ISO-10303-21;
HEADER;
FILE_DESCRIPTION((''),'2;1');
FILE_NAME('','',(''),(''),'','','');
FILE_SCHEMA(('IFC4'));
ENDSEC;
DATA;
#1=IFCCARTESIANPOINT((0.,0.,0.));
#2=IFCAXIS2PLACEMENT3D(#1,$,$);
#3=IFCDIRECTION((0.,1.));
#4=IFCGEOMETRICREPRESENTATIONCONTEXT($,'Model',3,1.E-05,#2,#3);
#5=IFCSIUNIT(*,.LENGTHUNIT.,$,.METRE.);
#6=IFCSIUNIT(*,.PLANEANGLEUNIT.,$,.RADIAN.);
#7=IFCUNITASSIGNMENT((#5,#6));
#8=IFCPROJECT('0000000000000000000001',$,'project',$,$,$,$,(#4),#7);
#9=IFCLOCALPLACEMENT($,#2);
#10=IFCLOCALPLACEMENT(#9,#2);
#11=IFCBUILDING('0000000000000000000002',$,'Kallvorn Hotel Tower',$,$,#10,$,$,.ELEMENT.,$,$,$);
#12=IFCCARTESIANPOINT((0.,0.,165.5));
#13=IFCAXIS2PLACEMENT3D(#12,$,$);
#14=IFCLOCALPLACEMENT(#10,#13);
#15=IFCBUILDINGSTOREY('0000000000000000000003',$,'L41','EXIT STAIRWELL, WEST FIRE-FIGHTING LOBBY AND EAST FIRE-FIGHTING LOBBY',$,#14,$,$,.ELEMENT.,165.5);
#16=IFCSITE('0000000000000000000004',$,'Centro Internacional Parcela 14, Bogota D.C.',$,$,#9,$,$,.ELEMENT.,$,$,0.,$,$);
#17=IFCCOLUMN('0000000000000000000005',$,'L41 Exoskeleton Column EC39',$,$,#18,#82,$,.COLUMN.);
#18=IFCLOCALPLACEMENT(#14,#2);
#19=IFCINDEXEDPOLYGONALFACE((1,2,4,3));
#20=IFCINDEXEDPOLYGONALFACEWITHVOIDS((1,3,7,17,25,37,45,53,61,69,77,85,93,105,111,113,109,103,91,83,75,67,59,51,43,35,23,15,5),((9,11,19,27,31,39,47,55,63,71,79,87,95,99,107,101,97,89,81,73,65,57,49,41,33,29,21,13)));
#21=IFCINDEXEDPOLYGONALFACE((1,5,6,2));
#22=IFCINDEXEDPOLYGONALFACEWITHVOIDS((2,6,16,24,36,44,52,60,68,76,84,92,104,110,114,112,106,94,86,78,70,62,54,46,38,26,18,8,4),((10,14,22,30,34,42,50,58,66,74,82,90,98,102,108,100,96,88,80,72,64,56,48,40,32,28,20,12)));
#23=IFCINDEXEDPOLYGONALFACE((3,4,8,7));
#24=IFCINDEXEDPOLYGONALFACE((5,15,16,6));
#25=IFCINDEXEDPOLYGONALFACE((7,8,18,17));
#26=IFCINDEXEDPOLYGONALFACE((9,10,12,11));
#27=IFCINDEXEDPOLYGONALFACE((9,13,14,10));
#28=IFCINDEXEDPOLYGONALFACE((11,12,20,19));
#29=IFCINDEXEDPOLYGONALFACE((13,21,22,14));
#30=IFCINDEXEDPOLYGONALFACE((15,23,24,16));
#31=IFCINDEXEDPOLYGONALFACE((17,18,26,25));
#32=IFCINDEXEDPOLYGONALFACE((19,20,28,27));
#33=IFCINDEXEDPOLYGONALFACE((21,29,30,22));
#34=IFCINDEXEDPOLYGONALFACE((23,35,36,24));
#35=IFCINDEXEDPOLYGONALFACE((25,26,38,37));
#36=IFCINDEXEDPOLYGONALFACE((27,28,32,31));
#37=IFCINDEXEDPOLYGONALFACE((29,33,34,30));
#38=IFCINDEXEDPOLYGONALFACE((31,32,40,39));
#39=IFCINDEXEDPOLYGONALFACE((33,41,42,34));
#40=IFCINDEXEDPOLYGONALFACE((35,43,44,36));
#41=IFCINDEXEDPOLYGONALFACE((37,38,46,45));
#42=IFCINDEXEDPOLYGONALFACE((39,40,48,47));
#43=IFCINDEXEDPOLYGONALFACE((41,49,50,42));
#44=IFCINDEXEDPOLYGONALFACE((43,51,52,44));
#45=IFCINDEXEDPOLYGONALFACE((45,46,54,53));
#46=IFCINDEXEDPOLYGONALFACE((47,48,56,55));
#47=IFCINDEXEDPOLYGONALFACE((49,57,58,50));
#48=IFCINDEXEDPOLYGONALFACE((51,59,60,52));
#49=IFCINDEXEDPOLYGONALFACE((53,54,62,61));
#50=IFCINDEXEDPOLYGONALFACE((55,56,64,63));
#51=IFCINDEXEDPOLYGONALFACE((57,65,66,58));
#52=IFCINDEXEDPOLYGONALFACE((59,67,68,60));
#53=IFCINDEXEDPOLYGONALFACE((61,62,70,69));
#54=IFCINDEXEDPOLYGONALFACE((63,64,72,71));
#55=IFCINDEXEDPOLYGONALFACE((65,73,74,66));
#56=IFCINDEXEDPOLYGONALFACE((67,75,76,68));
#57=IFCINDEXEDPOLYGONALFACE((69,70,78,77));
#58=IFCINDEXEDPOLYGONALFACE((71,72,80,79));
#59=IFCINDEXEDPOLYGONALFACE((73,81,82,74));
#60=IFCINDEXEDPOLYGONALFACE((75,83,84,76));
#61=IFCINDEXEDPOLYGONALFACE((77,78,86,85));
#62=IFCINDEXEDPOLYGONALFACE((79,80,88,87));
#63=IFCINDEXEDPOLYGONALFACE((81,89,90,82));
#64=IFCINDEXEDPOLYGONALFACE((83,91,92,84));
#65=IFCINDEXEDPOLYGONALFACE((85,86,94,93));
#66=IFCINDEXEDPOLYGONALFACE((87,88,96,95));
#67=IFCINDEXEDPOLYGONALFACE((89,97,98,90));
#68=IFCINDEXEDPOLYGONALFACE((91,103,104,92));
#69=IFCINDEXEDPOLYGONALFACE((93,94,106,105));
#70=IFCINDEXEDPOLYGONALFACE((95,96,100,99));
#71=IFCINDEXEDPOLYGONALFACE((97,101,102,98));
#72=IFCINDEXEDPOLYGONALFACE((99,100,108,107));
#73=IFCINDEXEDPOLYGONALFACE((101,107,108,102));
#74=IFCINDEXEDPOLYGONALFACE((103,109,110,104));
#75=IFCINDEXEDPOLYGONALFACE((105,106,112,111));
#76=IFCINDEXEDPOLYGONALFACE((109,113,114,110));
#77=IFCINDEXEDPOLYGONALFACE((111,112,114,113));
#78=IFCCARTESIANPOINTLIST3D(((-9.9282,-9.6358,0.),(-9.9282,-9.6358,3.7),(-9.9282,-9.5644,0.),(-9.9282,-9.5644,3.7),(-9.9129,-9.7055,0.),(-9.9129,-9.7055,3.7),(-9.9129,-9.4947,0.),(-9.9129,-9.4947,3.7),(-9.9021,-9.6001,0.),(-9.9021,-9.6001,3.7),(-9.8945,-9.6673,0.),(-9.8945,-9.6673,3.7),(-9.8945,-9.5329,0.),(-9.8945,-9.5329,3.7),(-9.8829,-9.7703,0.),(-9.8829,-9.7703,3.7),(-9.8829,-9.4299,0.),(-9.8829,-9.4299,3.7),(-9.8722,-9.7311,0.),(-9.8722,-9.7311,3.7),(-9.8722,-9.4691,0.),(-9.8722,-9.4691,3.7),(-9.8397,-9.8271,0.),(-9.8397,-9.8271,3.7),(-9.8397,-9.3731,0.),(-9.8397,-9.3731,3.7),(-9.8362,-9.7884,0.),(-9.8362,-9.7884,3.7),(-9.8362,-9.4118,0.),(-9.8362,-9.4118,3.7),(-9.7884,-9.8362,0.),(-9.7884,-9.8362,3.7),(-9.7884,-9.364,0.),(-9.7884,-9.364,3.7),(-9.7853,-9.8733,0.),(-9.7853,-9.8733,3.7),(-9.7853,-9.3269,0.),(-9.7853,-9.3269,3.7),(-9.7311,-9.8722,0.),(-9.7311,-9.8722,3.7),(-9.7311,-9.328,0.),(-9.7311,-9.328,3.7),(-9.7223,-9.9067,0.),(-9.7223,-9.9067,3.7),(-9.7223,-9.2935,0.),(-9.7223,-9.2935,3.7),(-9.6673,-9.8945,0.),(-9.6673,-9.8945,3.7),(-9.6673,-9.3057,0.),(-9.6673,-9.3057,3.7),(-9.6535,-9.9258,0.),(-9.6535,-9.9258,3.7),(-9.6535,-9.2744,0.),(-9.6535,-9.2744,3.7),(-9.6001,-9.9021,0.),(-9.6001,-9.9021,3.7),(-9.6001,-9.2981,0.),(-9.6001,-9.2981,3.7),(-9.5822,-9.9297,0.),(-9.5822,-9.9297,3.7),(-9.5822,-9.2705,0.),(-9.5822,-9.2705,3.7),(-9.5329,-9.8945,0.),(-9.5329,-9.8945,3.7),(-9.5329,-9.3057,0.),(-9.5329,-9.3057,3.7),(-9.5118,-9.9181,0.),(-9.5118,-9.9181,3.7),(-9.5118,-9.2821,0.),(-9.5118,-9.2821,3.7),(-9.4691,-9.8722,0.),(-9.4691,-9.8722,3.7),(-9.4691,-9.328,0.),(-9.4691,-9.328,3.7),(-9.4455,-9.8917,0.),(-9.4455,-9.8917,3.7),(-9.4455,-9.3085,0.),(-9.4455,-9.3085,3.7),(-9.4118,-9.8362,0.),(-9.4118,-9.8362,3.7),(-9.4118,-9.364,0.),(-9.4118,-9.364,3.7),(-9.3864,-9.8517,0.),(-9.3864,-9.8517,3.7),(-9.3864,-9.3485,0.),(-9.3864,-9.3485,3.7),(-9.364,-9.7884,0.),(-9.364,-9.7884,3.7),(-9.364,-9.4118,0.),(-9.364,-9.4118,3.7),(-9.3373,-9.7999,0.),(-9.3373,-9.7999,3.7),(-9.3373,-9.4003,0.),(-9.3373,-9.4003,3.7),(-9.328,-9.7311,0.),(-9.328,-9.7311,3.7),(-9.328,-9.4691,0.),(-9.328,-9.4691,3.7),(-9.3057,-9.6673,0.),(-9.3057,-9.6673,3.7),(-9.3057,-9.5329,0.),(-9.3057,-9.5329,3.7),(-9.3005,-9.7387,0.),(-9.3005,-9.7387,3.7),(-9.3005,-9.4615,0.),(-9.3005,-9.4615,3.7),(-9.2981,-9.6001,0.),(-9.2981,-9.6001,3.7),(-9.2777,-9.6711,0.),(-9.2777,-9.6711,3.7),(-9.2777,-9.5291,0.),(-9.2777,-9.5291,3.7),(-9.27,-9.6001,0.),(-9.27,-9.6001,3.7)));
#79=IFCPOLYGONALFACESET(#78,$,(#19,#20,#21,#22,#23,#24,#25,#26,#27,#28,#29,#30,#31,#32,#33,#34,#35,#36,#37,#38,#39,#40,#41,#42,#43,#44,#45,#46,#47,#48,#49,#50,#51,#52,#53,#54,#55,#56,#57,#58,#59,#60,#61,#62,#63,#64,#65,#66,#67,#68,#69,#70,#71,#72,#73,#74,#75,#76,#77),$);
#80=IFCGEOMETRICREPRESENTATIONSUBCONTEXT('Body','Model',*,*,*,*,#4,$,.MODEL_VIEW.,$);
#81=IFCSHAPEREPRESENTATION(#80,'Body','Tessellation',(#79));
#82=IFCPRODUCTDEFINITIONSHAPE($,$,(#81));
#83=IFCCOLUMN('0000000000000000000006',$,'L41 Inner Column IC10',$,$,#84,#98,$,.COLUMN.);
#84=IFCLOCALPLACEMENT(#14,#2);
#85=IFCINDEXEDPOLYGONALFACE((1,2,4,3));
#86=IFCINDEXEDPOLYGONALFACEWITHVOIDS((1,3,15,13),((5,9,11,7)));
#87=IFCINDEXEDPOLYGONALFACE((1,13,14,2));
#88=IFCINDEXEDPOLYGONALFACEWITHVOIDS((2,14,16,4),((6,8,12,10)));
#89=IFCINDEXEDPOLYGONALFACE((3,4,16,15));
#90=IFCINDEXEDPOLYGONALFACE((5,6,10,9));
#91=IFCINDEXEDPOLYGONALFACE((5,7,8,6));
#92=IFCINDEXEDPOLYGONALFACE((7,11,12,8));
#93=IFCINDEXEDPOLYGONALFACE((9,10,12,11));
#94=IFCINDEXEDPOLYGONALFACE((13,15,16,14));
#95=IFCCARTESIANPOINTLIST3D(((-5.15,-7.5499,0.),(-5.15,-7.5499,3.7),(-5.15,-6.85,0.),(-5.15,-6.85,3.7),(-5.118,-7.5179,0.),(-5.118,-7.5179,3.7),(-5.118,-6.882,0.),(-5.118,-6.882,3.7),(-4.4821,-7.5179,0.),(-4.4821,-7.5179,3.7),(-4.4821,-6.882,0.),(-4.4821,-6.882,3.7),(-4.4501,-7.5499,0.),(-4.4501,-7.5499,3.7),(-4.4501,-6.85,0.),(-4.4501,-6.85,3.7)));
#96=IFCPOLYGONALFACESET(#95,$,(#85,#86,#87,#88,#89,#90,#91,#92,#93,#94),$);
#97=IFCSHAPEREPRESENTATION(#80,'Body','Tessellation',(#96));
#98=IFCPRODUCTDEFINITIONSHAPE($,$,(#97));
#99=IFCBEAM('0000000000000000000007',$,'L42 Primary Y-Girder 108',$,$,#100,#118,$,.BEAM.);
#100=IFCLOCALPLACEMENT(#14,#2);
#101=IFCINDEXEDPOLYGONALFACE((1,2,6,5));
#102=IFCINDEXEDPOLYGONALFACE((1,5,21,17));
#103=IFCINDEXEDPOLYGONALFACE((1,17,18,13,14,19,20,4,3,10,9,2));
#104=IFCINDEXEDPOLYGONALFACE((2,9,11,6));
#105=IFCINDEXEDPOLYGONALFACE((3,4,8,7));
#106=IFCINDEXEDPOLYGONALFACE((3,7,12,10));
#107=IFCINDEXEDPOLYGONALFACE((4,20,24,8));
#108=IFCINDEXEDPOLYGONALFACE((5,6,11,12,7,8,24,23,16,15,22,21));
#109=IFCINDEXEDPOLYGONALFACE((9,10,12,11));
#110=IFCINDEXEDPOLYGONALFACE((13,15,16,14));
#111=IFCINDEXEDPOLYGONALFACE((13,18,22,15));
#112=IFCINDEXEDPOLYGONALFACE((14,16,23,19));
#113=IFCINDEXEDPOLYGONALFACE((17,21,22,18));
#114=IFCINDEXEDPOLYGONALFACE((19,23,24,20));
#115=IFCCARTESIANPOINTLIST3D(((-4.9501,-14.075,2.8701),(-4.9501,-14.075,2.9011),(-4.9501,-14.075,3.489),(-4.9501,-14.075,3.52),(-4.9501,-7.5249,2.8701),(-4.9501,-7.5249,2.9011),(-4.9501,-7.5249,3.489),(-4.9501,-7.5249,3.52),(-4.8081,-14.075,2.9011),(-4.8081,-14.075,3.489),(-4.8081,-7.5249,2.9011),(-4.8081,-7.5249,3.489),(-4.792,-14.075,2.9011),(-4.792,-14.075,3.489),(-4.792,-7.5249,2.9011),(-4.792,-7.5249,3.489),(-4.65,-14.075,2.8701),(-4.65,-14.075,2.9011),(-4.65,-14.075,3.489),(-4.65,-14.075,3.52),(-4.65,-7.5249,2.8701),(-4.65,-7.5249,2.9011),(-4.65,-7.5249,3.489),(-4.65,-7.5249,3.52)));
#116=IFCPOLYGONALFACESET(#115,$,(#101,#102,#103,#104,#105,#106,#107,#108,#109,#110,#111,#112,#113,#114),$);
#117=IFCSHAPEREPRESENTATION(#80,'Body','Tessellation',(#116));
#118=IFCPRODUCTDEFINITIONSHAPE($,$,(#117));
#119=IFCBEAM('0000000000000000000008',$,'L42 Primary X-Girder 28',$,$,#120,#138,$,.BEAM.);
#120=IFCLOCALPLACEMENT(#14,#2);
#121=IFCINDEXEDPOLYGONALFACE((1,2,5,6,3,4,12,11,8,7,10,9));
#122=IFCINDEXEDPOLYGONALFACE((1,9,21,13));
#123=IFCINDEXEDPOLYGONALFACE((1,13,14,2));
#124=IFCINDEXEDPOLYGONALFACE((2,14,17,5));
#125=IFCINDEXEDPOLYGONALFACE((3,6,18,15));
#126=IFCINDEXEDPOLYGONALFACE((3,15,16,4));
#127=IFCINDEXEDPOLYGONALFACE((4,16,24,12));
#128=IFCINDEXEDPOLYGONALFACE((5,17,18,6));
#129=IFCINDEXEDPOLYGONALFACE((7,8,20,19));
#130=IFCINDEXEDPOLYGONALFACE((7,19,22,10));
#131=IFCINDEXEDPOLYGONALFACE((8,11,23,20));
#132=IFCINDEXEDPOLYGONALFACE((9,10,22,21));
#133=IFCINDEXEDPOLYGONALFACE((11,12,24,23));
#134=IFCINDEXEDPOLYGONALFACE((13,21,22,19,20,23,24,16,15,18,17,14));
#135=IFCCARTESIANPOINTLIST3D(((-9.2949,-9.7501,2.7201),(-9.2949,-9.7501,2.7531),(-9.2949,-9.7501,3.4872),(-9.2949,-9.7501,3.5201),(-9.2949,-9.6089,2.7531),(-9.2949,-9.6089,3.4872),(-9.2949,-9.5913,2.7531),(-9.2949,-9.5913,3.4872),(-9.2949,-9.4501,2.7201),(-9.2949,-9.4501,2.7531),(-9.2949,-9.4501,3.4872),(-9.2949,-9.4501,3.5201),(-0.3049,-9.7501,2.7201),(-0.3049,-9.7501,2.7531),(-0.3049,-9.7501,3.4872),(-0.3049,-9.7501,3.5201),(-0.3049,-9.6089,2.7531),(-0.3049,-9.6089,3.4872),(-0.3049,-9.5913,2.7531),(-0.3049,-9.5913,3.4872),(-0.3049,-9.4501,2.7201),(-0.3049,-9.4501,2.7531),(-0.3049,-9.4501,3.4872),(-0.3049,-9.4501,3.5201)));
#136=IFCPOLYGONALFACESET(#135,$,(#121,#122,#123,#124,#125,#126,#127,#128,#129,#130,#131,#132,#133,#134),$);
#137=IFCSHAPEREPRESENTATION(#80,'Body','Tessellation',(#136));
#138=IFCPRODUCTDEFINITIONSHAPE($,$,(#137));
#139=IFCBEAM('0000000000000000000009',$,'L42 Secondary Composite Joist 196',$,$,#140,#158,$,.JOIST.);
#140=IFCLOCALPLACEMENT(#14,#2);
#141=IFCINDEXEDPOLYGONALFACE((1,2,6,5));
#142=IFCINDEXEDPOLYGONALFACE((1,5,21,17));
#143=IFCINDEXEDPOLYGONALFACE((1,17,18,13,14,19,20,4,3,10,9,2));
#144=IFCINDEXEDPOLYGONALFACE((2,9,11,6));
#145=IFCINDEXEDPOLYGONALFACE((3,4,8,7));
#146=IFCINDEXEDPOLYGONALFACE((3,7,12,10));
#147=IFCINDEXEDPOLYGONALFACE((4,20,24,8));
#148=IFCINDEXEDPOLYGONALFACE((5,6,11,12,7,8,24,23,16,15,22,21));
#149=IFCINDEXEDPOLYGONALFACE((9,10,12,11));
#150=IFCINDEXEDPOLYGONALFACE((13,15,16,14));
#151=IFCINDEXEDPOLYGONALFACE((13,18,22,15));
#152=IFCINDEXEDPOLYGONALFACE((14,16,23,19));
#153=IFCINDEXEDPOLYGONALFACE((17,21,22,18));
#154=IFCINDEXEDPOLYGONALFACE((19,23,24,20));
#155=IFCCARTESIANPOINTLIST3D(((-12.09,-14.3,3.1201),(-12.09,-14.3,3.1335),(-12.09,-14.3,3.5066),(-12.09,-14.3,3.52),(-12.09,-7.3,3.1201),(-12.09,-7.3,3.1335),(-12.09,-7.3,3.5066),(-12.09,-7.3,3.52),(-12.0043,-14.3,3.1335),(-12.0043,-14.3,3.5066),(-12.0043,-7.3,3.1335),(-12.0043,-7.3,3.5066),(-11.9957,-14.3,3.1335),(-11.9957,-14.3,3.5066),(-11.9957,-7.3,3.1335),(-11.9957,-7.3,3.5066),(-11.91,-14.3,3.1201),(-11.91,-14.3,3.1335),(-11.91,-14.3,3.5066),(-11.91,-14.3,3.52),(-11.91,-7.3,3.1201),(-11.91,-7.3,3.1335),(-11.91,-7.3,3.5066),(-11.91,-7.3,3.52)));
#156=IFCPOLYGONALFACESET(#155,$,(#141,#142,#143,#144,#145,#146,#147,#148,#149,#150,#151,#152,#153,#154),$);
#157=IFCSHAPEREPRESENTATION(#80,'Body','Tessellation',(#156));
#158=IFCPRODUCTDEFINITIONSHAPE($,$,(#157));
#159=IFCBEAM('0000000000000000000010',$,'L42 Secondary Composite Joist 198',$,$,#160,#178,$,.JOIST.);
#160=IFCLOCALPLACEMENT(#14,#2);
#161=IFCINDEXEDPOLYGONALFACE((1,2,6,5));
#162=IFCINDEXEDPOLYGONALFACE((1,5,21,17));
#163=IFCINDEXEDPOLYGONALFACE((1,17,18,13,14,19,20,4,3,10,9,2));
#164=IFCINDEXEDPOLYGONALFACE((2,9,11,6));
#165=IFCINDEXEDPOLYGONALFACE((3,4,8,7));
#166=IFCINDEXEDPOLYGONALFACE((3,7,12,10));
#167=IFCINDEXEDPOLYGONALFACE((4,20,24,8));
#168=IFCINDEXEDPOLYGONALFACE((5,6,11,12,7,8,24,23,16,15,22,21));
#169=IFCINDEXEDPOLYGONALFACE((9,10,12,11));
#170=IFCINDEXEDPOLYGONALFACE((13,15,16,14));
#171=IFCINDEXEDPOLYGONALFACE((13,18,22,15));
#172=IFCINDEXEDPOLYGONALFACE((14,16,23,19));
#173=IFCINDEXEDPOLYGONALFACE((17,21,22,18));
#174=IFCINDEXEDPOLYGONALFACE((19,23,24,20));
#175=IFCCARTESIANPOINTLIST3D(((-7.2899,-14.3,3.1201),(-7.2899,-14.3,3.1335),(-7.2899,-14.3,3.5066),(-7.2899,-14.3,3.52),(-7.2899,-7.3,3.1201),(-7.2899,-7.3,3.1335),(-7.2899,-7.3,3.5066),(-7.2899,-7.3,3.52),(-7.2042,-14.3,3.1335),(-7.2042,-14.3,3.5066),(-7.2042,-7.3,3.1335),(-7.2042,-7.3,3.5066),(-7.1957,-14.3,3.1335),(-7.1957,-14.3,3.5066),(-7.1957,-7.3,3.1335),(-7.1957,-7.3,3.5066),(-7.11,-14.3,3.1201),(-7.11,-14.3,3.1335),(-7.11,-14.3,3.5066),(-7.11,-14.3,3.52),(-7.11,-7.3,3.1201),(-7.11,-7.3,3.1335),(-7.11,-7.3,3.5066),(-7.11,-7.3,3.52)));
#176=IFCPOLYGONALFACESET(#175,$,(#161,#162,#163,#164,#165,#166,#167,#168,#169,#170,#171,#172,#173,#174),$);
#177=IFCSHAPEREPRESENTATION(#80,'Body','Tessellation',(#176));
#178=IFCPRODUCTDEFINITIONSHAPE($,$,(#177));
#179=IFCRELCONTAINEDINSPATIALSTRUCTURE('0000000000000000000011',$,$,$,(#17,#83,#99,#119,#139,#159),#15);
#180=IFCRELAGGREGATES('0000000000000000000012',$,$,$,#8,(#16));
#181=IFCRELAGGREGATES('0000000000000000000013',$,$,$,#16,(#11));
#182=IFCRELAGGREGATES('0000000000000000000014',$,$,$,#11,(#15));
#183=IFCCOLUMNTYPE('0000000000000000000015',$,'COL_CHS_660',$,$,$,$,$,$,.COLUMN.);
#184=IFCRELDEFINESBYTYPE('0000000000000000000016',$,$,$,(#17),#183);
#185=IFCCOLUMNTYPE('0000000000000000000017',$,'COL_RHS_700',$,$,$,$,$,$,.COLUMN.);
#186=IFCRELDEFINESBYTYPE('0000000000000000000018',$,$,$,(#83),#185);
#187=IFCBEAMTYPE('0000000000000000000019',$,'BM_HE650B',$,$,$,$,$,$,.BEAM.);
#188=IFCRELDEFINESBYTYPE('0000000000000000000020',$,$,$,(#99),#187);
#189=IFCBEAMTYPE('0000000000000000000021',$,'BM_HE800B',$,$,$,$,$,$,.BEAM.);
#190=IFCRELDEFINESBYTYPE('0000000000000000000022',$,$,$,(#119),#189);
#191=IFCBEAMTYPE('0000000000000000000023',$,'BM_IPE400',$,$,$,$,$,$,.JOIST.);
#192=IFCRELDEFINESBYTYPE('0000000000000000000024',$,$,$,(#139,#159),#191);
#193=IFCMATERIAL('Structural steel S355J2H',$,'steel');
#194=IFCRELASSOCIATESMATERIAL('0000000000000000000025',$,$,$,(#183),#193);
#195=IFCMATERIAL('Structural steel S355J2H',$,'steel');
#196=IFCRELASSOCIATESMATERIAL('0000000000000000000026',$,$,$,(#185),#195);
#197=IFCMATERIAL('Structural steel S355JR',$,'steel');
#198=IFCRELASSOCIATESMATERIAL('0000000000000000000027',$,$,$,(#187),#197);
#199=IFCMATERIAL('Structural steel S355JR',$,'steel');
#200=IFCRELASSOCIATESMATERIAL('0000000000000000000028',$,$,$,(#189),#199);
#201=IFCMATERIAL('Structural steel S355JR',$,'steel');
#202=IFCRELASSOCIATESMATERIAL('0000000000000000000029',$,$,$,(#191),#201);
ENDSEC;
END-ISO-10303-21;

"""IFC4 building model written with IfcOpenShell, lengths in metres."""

from ifc_helpers import new_model, si_unit, direction, frame, origin, origin_2d, place, context, subcontext, project, spatial, hollow_rectangle, hollow_circle, i_section, extrude, material, material_profile, profile_set, type_object, element, save


model = new_model("IFC4")

# Units and contexts
model_context = context("Model", 3, precision=1e-05, world=origin(), true_north=direction((0.0, 1.0)))
body_context = subcontext(model_context, "Body", "Model", "MODEL_VIEW")
ifc_project = project(units=[si_unit("LENGTHUNIT", "METRE"), si_unit("PLANEANGLEUNIT", "RADIAN")], contexts=[model_context])

# Site, building, storey
site_placement = place(None, origin())
site = spatial("IfcSite", under=ifc_project, at=site_placement, Name="Centro Internacional Parcela 14, Bogota D.C.", CompositionType="ELEMENT", RefElevation=0.0)
building_placement = place(site_placement, origin())
building = spatial("IfcBuilding", under=site, at=building_placement, Name="Kallvorn Hotel Tower", CompositionType="ELEMENT")
storey_placement = place(building_placement, frame((0.0, 0.0, 165.5)))
storey = spatial("IfcBuildingStorey", under=building, at=storey_placement, Name="L41", Description="EXIT STAIRWELL, WEST FIRE-FIGHTING LOBBY AND EAST FIRE-FIGHTING LOBBY", CompositionType="ELEMENT", Elevation=165.5)

# Columns
ifc_material_1 = material(Name="Structural steel S355J2H", Category="steel")
ifc_material_profile_1 = material_profile(ifc_material_1, hollow_circle(Radius=0.3301, WallThickness=0.0281, at=origin_2d()), Name="CHS 660x28")
ifc_profile_set_1 = profile_set([ifc_material_profile_1], Name="Structural steel S355J2H")
column_type_1 = type_object("IfcColumnType", Name="COL_CHS_660", PredefinedType="COLUMN", material=ifc_profile_set_1)
column_1_placement = place(storey_placement, frame((-9.6001, -9.6001, 0.0), z_axis=(0.0, 0.0, 1.0), x_axis=(1.0, 0.0, 0.0)))
element("IfcColumn", 1, at=column_1_placement, inside=storey, type_object=column_type_1, Name="L41 Exoskeleton Column EC39", PredefinedType="COLUMN", context=body_context, shape_type="SweptSolid", body=[
    extrude(hollow_circle(Radius=0.3301, WallThickness=0.0281, at=origin_2d()), origin(), (0.0, 0.0, 1.0), 3.7),
])
ifc_material_2 = material(Name="Structural steel S355J2H", Category="steel")
ifc_material_profile_2 = material_profile(ifc_material_2, hollow_rectangle(XDim=0.7, YDim=0.7, WallThickness=0.032, at=origin_2d()), Name="RHS 700x700x32")
ifc_profile_set_2 = profile_set([ifc_material_profile_2], Name="Structural steel S355J2H")
column_type_2 = type_object("IfcColumnType", Name="COL_RHS_700", PredefinedType="COLUMN", material=ifc_profile_set_2)
column_2_placement = place(storey_placement, frame((-4.8, -7.2, 0.0), z_axis=(0.0, 0.0, 1.0), x_axis=(1.0, 0.0, 0.0)))
element("IfcColumn", 2, at=column_2_placement, inside=storey, type_object=column_type_2, Name="L41 Inner Column IC10", PredefinedType="COLUMN", context=body_context, shape_type="SweptSolid", body=[
    extrude(hollow_rectangle(XDim=0.7, YDim=0.7, WallThickness=0.032, at=origin_2d()), origin(), (0.0, 0.0, 1.0), 3.7),
])

# Beams
ifc_material_3 = material(Name="Structural steel S355JR", Category="steel")
ifc_material_profile_3 = material_profile(ifc_material_3, i_section(OverallWidth=0.3, OverallDepth=0.6499, WebThickness=0.0161, FlangeThickness=0.031, at=origin_2d()), Name="HE 650 B")
ifc_profile_set_3 = profile_set([ifc_material_profile_3], Name="Structural steel S355JR")
beam_type_1 = type_object("IfcBeamType", Name="BM_HE650B", PredefinedType="BEAM", material=ifc_profile_set_3)
beam_1_placement = place(storey_placement, frame((-4.8, -14.075, 3.1951), z_axis=(0.0, 1.0, 0.0), x_axis=(-1.0, 0.0, 0.0)))
element("IfcBeam", 3, at=beam_1_placement, inside=storey, type_object=beam_type_1, Name="L42 Primary Y-Girder 108", PredefinedType="BEAM", context=body_context, shape_type="SweptSolid", body=[
    extrude(i_section(OverallWidth=0.3, OverallDepth=0.6499, WebThickness=0.0161, FlangeThickness=0.031, at=origin_2d()), origin(), (0.0, 0.0, 1.0), 6.55),
])
ifc_material_4 = material(Name="Structural steel S355JR", Category="steel")
ifc_material_profile_4 = material_profile(ifc_material_4, i_section(OverallWidth=0.3, OverallDepth=0.8, WebThickness=0.0176, FlangeThickness=0.033, at=origin_2d()), Name="HE 800 B")
ifc_profile_set_4 = profile_set([ifc_material_profile_4], Name="Structural steel S355JR")
beam_type_2 = type_object("IfcBeamType", Name="BM_HE800B", PredefinedType="BEAM", material=ifc_profile_set_4)
beam_2_placement = place(storey_placement, frame((-9.2949, -9.6001, 3.1201), z_axis=(1.0, 0.0, 0.0), x_axis=(0.0, 1.0, 0.0)))
element("IfcBeam", 4, at=beam_2_placement, inside=storey, type_object=beam_type_2, Name="L42 Primary X-Girder 28", PredefinedType="BEAM", context=body_context, shape_type="SweptSolid", body=[
    extrude(i_section(OverallWidth=0.3, OverallDepth=0.8, WebThickness=0.0176, FlangeThickness=0.033, at=origin_2d()), origin(), (0.0, 0.0, 1.0), 8.99),
])
ifc_material_5 = material(Name="Structural steel S355JR", Category="steel")
ifc_material_profile_5 = material_profile(ifc_material_5, i_section(OverallWidth=0.1799, OverallDepth=0.3999, WebThickness=0.0085, FlangeThickness=0.0134, at=origin_2d()), Name="IPE 400")
ifc_profile_set_5 = profile_set([ifc_material_profile_5], Name="Structural steel S355JR")
beam_type_3 = type_object("IfcBeamType", Name="BM_IPE400", PredefinedType="JOIST", material=ifc_profile_set_5)
for number, where, z_axis, x_axis, name in (
    (5, (-12.0, -14.3, 3.3201), (0.0, 1.0, 0.0), (-1.0, 0.0, 0.0), "L42 Secondary Composite Joist 196"),
    (6, (-7.2, -14.3, 3.3201), (0.0, 1.0, 0.0), (-1.0, 0.0, 0.0), "L42 Secondary Composite Joist 198"),
):
    element("IfcBeam", number, at=place(storey_placement, frame(where, z_axis=z_axis, x_axis=x_axis)), inside=storey, type_object=beam_type_3, Name=name, PredefinedType="JOIST", context=body_context, shape_type="SweptSolid", body=[
        extrude(i_section(OverallWidth=0.1799, OverallDepth=0.3999, WebThickness=0.0085, FlangeThickness=0.0134, at=origin_2d()), origin(), (0.0, 0.0, 1.0), 7.0),
    ])

save(model, "model.ifc")
